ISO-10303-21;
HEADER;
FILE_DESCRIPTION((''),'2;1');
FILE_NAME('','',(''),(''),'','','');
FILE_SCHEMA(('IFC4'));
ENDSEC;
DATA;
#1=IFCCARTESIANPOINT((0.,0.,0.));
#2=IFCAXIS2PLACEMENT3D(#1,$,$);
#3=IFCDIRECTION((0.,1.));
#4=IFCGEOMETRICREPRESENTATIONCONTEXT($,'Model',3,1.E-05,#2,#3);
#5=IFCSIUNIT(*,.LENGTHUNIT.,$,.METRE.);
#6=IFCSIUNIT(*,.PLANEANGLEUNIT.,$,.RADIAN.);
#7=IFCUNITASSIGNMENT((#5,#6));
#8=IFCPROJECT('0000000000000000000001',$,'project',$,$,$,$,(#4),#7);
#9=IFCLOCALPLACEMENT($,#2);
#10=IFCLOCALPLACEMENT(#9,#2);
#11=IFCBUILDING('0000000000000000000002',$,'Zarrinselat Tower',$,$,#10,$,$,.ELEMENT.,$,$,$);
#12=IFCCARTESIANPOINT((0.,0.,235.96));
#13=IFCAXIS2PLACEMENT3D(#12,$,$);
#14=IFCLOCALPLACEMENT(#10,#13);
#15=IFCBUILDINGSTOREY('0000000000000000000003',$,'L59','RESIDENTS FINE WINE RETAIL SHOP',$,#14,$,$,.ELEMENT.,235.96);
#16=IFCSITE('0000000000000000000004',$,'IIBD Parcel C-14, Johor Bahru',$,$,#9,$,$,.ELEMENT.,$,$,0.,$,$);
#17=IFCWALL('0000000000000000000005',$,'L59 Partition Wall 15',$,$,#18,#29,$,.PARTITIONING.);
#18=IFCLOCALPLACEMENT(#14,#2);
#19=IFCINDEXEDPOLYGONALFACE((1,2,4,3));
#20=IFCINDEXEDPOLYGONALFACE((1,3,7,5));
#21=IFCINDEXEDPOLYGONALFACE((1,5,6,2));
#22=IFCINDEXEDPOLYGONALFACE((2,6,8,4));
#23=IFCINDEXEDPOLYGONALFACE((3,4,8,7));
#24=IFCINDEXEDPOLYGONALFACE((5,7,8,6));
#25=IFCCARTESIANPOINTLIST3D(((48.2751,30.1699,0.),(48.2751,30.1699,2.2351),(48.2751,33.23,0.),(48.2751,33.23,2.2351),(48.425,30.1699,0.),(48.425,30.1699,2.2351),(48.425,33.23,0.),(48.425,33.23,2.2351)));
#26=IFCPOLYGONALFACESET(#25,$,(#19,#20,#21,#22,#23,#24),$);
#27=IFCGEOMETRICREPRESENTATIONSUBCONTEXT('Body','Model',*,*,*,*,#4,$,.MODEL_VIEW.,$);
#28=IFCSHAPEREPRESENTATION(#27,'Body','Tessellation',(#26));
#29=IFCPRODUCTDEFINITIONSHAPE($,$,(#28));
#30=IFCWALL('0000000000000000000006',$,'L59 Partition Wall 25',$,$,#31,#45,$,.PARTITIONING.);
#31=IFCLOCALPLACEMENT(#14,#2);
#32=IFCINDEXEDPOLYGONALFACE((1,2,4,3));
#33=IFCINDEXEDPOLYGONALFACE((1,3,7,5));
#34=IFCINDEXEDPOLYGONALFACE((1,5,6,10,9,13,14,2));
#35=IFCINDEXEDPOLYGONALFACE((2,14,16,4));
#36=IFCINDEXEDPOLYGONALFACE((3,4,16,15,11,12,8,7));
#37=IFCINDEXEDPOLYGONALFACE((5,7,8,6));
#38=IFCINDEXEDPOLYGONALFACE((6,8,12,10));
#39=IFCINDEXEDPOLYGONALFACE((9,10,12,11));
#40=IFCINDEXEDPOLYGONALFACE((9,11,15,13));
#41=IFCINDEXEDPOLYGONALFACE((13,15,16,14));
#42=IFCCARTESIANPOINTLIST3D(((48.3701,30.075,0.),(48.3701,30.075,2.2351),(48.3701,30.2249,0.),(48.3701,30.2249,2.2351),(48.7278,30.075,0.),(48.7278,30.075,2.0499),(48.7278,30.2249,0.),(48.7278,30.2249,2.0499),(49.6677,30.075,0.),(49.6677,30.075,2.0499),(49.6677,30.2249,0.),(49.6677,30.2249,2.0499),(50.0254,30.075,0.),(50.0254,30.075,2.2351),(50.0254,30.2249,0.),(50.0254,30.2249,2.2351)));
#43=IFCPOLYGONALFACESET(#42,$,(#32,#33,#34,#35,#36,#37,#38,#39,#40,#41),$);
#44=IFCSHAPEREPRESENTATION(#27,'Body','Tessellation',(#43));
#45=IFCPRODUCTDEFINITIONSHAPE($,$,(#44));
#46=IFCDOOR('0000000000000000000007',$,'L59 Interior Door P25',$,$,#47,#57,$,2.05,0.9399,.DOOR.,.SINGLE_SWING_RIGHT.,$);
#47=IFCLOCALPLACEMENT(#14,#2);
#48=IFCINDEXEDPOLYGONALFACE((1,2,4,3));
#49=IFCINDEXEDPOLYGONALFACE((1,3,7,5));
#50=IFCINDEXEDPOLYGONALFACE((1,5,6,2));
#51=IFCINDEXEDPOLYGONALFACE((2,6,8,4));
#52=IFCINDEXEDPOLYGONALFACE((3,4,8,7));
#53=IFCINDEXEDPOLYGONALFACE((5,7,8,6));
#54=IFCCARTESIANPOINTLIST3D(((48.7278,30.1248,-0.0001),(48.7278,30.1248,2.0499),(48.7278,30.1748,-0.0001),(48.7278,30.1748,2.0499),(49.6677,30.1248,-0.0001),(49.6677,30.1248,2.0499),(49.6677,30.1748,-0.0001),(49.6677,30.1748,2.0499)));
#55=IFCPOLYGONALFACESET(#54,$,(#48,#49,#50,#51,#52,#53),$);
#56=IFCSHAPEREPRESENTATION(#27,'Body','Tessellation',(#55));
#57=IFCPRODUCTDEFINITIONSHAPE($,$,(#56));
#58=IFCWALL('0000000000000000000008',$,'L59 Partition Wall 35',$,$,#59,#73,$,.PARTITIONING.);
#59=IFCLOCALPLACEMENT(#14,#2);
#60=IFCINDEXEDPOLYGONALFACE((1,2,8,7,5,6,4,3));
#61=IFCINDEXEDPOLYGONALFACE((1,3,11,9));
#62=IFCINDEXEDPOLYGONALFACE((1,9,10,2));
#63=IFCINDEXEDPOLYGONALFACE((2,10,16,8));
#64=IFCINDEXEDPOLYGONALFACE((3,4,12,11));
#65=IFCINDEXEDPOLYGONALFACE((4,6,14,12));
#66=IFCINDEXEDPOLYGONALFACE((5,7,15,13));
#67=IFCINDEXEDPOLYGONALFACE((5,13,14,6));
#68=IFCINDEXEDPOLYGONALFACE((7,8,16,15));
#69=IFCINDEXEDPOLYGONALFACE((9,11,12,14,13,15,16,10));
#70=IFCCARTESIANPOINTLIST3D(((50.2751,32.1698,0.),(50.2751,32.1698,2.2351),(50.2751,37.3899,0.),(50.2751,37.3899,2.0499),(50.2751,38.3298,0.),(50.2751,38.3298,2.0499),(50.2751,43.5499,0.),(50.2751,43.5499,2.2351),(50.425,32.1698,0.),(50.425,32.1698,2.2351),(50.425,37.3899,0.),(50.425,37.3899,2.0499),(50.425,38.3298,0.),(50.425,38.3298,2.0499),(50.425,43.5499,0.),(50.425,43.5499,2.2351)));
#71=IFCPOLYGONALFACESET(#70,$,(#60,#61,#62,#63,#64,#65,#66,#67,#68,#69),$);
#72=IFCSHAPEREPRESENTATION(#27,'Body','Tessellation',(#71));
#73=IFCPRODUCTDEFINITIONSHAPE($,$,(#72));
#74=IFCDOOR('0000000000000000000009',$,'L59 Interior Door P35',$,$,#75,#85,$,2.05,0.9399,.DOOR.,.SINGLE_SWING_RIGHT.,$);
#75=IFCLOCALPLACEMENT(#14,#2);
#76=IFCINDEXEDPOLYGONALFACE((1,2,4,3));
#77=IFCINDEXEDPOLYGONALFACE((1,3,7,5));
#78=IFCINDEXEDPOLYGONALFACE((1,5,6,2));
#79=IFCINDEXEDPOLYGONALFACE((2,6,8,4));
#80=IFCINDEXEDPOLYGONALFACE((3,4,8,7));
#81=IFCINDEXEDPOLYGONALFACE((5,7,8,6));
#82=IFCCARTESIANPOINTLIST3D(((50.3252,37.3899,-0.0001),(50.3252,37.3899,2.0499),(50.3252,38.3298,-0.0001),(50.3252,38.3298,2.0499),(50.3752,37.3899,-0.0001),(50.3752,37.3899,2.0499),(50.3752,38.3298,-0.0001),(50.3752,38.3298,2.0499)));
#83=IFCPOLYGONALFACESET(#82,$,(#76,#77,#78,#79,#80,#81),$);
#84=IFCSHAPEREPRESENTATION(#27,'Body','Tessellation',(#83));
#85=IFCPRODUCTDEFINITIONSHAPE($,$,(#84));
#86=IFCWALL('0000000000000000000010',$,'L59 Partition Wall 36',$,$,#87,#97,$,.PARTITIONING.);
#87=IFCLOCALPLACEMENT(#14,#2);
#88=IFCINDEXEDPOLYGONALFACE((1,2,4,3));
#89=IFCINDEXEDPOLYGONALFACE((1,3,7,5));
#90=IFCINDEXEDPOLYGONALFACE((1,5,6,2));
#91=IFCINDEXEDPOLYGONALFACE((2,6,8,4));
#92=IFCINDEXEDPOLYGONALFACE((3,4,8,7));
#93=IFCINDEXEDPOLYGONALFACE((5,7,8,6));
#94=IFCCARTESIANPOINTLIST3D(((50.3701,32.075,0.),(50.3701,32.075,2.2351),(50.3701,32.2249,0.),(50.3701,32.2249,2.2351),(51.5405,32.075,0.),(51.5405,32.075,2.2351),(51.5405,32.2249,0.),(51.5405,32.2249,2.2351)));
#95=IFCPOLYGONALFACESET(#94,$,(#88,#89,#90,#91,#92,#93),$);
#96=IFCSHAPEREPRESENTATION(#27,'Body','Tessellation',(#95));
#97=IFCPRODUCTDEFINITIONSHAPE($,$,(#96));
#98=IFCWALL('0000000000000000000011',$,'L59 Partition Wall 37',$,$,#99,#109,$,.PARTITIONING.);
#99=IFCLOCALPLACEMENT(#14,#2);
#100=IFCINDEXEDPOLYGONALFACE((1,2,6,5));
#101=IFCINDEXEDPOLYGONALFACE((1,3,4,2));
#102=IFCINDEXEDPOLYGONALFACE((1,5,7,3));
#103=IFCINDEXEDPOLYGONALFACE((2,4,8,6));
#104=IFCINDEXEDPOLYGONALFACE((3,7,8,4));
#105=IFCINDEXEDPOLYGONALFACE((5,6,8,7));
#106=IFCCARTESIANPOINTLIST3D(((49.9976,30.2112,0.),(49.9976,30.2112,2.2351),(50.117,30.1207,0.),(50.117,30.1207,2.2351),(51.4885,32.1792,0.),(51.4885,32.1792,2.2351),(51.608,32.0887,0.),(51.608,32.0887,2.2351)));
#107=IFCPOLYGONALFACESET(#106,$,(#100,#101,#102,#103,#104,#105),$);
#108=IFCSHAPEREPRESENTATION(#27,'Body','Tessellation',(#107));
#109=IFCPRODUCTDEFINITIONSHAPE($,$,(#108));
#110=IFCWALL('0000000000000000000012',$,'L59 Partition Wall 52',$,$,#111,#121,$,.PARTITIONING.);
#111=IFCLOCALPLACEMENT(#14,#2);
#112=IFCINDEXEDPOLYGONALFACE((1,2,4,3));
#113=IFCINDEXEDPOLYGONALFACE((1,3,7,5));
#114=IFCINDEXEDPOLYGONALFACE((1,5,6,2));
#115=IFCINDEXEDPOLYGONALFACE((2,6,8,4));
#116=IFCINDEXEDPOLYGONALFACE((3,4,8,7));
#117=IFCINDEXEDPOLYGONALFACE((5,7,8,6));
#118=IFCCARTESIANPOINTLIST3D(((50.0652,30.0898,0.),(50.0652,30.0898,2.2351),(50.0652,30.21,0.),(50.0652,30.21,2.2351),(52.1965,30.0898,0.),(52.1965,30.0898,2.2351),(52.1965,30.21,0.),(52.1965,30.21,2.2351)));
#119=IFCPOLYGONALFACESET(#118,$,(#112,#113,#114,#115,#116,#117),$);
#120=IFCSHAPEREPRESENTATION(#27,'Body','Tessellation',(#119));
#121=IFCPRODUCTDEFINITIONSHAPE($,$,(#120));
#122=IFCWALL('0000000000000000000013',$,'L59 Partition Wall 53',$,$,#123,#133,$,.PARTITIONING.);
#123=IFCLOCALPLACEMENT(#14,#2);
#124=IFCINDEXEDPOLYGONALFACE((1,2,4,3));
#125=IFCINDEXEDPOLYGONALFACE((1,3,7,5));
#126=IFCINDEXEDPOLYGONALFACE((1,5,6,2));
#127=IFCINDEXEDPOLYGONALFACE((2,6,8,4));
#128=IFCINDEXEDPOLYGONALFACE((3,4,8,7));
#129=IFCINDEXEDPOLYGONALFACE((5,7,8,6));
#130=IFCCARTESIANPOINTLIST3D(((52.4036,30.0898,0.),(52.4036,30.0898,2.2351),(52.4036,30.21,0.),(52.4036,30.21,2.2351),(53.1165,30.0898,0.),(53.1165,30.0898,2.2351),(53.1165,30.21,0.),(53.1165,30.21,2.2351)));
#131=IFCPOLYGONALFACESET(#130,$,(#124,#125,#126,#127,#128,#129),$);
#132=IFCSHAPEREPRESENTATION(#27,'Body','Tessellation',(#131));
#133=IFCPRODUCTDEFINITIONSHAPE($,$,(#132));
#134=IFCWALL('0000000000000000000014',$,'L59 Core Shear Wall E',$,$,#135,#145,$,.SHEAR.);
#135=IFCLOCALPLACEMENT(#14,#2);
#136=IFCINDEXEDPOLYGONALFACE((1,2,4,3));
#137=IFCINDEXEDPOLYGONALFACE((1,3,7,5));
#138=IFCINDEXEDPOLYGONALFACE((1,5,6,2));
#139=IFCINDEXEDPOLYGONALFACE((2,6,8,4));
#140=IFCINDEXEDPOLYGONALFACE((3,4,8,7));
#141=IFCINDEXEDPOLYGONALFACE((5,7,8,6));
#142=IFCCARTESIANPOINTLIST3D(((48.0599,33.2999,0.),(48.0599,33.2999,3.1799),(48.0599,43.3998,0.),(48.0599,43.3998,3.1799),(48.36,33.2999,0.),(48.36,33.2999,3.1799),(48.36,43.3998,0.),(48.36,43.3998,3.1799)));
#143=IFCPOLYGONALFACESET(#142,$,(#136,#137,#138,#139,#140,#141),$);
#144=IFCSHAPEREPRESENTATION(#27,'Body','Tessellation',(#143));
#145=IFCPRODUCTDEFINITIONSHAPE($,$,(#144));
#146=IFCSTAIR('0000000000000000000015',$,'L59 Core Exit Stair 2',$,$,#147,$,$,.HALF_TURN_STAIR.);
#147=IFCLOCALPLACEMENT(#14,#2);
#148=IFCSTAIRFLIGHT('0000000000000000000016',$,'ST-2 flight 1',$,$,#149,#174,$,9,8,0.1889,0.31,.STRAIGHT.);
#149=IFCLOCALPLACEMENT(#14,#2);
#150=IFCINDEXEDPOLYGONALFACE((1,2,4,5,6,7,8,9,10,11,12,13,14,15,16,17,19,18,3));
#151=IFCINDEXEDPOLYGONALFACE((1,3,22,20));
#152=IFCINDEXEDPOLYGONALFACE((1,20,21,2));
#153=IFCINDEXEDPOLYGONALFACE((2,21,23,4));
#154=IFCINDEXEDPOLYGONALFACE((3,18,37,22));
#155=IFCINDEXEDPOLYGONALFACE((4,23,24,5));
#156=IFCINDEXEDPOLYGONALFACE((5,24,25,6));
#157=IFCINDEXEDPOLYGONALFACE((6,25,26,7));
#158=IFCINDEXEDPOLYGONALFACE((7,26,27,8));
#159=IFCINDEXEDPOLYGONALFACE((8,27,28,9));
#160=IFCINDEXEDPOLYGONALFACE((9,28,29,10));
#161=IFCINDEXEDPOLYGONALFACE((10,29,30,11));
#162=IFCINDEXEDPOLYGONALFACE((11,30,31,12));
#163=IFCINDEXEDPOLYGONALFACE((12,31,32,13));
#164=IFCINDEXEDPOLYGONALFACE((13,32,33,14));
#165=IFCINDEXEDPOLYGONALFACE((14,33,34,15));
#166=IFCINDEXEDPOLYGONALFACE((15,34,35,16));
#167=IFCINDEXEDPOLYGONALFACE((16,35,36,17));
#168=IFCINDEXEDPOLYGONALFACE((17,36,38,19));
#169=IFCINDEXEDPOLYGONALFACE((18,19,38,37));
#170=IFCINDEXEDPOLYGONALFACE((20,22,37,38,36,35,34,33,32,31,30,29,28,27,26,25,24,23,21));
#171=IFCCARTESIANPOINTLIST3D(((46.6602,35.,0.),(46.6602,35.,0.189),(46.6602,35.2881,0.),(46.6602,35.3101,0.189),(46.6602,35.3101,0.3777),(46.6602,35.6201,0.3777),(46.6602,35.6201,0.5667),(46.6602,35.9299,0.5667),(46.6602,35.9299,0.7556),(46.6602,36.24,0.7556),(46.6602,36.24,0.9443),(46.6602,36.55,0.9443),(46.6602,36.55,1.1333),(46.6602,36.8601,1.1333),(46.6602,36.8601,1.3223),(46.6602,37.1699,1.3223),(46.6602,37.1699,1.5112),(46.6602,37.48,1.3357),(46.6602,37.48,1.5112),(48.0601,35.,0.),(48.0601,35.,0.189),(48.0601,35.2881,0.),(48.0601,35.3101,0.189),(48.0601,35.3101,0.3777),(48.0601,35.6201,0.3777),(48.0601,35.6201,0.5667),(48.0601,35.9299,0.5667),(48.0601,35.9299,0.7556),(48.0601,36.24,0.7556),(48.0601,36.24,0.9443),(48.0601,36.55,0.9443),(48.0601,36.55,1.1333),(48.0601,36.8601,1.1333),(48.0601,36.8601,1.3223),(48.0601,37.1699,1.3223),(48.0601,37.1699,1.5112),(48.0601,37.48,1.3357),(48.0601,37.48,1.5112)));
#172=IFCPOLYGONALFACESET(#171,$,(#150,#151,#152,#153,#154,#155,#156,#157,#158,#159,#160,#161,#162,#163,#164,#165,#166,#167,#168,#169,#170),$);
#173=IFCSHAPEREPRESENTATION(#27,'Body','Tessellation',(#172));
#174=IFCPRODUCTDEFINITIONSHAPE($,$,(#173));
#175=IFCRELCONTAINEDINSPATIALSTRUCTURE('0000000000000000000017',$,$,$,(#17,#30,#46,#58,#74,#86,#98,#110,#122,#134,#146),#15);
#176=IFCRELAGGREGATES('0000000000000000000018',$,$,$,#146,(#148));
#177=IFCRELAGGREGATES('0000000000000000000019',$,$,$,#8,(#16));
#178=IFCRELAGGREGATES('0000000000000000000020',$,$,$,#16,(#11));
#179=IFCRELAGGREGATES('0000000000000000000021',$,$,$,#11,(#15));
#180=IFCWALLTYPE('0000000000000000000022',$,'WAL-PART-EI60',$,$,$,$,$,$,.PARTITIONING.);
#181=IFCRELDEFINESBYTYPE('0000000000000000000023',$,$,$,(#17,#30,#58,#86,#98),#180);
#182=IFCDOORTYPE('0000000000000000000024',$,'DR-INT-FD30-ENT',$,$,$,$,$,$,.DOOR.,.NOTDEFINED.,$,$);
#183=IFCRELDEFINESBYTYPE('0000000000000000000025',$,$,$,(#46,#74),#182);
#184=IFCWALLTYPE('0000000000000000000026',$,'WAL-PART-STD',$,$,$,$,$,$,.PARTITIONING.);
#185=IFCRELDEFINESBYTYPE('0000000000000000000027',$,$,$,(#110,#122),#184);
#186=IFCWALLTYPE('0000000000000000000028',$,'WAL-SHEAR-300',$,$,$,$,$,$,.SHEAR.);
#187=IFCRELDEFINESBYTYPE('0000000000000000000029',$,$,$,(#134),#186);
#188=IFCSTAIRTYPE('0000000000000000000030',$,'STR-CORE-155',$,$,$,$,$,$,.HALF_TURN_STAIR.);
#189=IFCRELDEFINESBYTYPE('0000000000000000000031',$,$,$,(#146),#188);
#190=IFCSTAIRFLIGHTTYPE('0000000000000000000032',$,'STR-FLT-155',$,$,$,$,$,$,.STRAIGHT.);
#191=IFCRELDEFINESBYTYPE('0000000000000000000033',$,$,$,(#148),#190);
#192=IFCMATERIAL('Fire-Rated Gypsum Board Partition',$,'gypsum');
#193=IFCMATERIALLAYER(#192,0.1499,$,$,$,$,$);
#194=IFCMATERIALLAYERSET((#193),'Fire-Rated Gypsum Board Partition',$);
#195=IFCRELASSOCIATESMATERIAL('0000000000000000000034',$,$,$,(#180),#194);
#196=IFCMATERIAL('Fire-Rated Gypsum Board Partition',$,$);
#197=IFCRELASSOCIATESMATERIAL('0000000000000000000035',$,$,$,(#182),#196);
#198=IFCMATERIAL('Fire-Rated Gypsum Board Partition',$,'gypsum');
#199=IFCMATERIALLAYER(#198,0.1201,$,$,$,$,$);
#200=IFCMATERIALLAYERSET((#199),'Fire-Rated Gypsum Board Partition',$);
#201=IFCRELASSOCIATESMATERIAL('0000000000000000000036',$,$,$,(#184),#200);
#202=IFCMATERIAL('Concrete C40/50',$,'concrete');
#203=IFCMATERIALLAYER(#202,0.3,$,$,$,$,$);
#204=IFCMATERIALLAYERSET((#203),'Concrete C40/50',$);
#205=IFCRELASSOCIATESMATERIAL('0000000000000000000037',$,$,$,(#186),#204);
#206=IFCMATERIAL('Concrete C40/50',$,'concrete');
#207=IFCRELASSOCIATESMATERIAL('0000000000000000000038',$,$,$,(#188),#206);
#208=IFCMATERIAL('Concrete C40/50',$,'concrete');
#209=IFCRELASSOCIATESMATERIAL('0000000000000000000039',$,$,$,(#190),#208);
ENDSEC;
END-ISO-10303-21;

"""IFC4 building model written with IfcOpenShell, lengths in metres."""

from ifc_helpers import new_model, si_unit, direction, frame, frame_2d, origin, place, context, subcontext, project, spatial, polyline, rectangle, outline, extrude, material, layer, layer_set, type_object, element, fill, aggregate, save


model = new_model("IFC4")

# Units and contexts
model_context = context("Model", 3, precision=1e-05, world=origin(), true_north=direction((0.0, 1.0)))
body_context = subcontext(model_context, "Body", "Model", "MODEL_VIEW")
ifc_project = project(units=[si_unit("LENGTHUNIT", "METRE"), si_unit("PLANEANGLEUNIT", "RADIAN")], contexts=[model_context])

# Site, building, storey
site_placement = place(None, origin())
site = spatial("IfcSite", under=ifc_project, at=site_placement, Name="IIBD Parcel C-14, Johor Bahru", CompositionType="ELEMENT", RefElevation=0.0)
building_placement = place(site_placement, origin())
building = spatial("IfcBuilding", under=site, at=building_placement, Name="Zarrinselat Tower", CompositionType="ELEMENT")
storey_placement = place(building_placement, frame((0.0, 0.0, 235.96)))
storey = spatial("IfcBuildingStorey", under=building, at=storey_placement, Name="L59", Description="RESIDENTS FINE WINE RETAIL SHOP", CompositionType="ELEMENT", Elevation=235.96)

# Wall
ifc_material_1 = material(Name="Fire-Rated Gypsum Board Partition", Category="gypsum")
ifc_layer_1 = layer(ifc_material_1, 0.1499)
ifc_layer_set_1 = layer_set([ifc_layer_1], Name="Fire-Rated Gypsum Board Partition")
wall_type_1 = type_object("IfcWallType", Name="WAL-PART-EI60", PredefinedType="PARTITIONING", material=ifc_layer_set_1)
wall_1_placement = place(storey_placement, frame((48.3501, 30.1699, 0.0), z_axis=(0.0, 0.0, 1.0), x_axis=(0.0, 1.0, 0.0)))
element("IfcWall", 1, at=wall_1_placement, inside=storey, type_object=wall_type_1, Name="L59 Partition Wall 15", PredefinedType="PARTITIONING", context=body_context, shape_type="SweptSolid", body=[
    extrude(rectangle(XDim=3.0601, YDim=0.1499, at=frame_2d((1.53, 0.0))), origin(), (0.0, 0.0, 1.0), 2.2351),
])

# Walls, openings, doors
wall_2_placement = place(storey_placement, frame((48.3701, 30.1499, 0.0), z_axis=(0.0, 0.0, 1.0), x_axis=(1.0, 0.0, 0.0)))
wall_2 = element("IfcWall", 2, at=wall_2_placement, inside=storey, type_object=wall_type_1, Name="L59 Partition Wall 25", PredefinedType="PARTITIONING", context=body_context, shape_type="SweptSolid", body=[
    extrude(rectangle(XDim=1.6553, YDim=0.1499, at=frame_2d((0.8276, 0.0))), origin(), (0.0, 0.0, 1.0), 2.2351),
])
opening_1_placement = place(wall_2_placement, frame((0.3577, 0.0, 0.0)))
opening_1 = element("IfcOpeningElement", 3, at=opening_1_placement, cuts=wall_2, PredefinedType="OPENING", context=body_context, shape_type="SweptSolid", body=[
    extrude(rectangle(XDim=0.9399, YDim=2.05, at=frame_2d((0.47, 1.0249))), frame((0.0, 0.085, 0.0), z_axis=(0.0, -1.0, 0.0), x_axis=(1.0, 0.0, 0.0)), (0.0, 0.0, 1.0), 0.1699),
])
ifc_material_2 = material(Name="Fire-Rated Gypsum Board Partition")
door_type = type_object("IfcDoorType", Name="DR-INT-FD30-ENT", OperationType="NOTDEFINED", PredefinedType="DOOR", material=ifc_material_2)
door_1_placement = place(opening_1_placement, origin())
door_1 = element("IfcDoor", 4, at=door_1_placement, inside=storey, type_object=door_type, Name="L59 Interior Door P25", OperationType="SINGLE_SWING_RIGHT", OverallHeight=2.05, OverallWidth=0.9399, PredefinedType="DOOR", context=body_context, shape_type="SweptSolid", body=[
    extrude(rectangle(XDim=0.9399, YDim=2.05, at=frame_2d((0.47, 1.0249))), frame((0.0, 0.0249, 0.0), z_axis=(0.0, -1.0, 0.0), x_axis=(1.0, 0.0, 0.0)), (0.0, 0.0, 1.0), 0.05),
])
fill(opening_1, door_1)
wall_3_placement = place(storey_placement, frame((50.3501, 32.1699, 0.0), z_axis=(0.0, 0.0, 1.0), x_axis=(0.0, 1.0, 0.0)))
wall_3 = element("IfcWall", 5, at=wall_3_placement, inside=storey, type_object=wall_type_1, Name="L59 Partition Wall 35", PredefinedType="PARTITIONING", context=body_context, shape_type="SweptSolid", body=[
    extrude(rectangle(XDim=11.3801, YDim=0.1499, at=frame_2d((5.6899, 0.0))), origin(), (0.0, 0.0, 1.0), 2.2351),
])
opening_2_placement = place(wall_3_placement, frame((5.22, 0.0, 0.0)))
opening_2 = element("IfcOpeningElement", 6, at=opening_2_placement, cuts=wall_3, PredefinedType="OPENING", context=body_context, shape_type="SweptSolid", body=[
    extrude(rectangle(XDim=0.9399, YDim=2.05, at=frame_2d((0.47, 1.0249))), frame((0.0, 0.085, 0.0), z_axis=(0.0, -1.0, 0.0), x_axis=(1.0, 0.0, 0.0)), (0.0, 0.0, 1.0), 0.1699),
])
door_2_placement = place(opening_2_placement, origin())
door_2 = element("IfcDoor", 7, at=door_2_placement, inside=storey, type_object=door_type, Name="L59 Interior Door P35", OperationType="SINGLE_SWING_RIGHT", OverallHeight=2.05, OverallWidth=0.9399, PredefinedType="DOOR", context=body_context, shape_type="SweptSolid", body=[
    extrude(rectangle(XDim=0.9399, YDim=2.05, at=frame_2d((0.47, 1.0249))), frame((0.0, 0.0249, 0.0), z_axis=(0.0, -1.0, 0.0), x_axis=(1.0, 0.0, 0.0)), (0.0, 0.0, 1.0), 0.05),
])
fill(opening_2, door_2)

# Walls
wall_4_placement = place(storey_placement, frame((50.3701, 32.1499, 0.0), z_axis=(0.0, 0.0, 1.0), x_axis=(1.0, 0.0, 0.0)))
element("IfcWall", 8, at=wall_4_placement, inside=storey, type_object=wall_type_1, Name="L59 Partition Wall 36", PredefinedType="PARTITIONING", context=body_context, shape_type="SweptSolid", body=[
    extrude(rectangle(XDim=1.1704, YDim=0.1499, at=frame_2d((0.5852, 0.0))), origin(), (0.0, 0.0, 1.0), 2.2351),
])
wall_5_placement = place(storey_placement, frame((50.0574, 30.166, 0.0), z_axis=(0.0, 0.0, 1.0), x_axis=(0.603869, 0.797083, 0.0)))
element("IfcWall", 9, at=wall_5_placement, inside=storey, type_object=wall_type_1, Name="L59 Partition Wall 37", PredefinedType="PARTITIONING", context=body_context, shape_type="SweptSolid", body=[
    extrude(rectangle(XDim=2.469, YDim=0.1499, at=frame_2d((1.2344, 0.0))), origin(), (0.0, 0.0, 1.0), 2.2351),
])
ifc_material_3 = material(Name="Fire-Rated Gypsum Board Partition", Category="gypsum")
ifc_layer_2 = layer(ifc_material_3, 0.1201)
ifc_layer_set_2 = layer_set([ifc_layer_2], Name="Fire-Rated Gypsum Board Partition")
wall_type_2 = type_object("IfcWallType", Name="WAL-PART-STD", PredefinedType="PARTITIONING", material=ifc_layer_set_2)
wall_6_placement = place(storey_placement, frame((50.0652, 30.1499, 0.0), z_axis=(0.0, 0.0, 1.0), x_axis=(1.0, 0.0, 0.0)))
element("IfcWall", 10, at=wall_6_placement, inside=storey, type_object=wall_type_2, Name="L59 Partition Wall 52", PredefinedType="PARTITIONING", context=body_context, shape_type="SweptSolid", body=[
    extrude(rectangle(XDim=2.1313, YDim=0.1201, at=frame_2d((1.0657, 0.0))), origin(), (0.0, 0.0, 1.0), 2.2351),
])
wall_7_placement = place(storey_placement, frame((52.4036, 30.1499, 0.0), z_axis=(0.0, 0.0, 1.0), x_axis=(1.0, 0.0, 0.0)))
element("IfcWall", 11, at=wall_7_placement, inside=storey, type_object=wall_type_2, Name="L59 Partition Wall 53", PredefinedType="PARTITIONING", context=body_context, shape_type="SweptSolid", body=[
    extrude(rectangle(XDim=0.7129, YDim=0.1201, at=frame_2d((0.3564, 0.0))), origin(), (0.0, 0.0, 1.0), 2.2351),
])
ifc_material_4 = material(Name="Concrete C40/50", Category="concrete")
ifc_layer_3 = layer(ifc_material_4, 0.3)
ifc_layer_set_3 = layer_set([ifc_layer_3], Name="Concrete C40/50")
wall_type_3 = type_object("IfcWallType", Name="WAL-SHEAR-300", PredefinedType="SHEAR", material=ifc_layer_set_3)
wall_8_placement = place(storey_placement, frame((48.21, 33.3, 0.0), z_axis=(0.0, 0.0, 1.0), x_axis=(0.0, 1.0, 0.0)))
element("IfcWall", 12, at=wall_8_placement, inside=storey, type_object=wall_type_3, Name="L59 Core Shear Wall E", PredefinedType="SHEAR", context=body_context, shape_type="SweptSolid", body=[
    extrude(rectangle(XDim=10.0999, YDim=0.3, at=frame_2d((5.0498, 0.0))), origin(), (0.0, 0.0, 1.0), 3.1799),
])

# Stair, stair flight
ifc_material_5 = material(Name="Concrete C40/50", Category="concrete")
stair_type = type_object("IfcStairType", Name="STR-CORE-155", PredefinedType="HALF_TURN_STAIR", material=ifc_material_5)
stair_placement = place(storey_placement, origin())
stair = element("IfcStair", 13, at=stair_placement, inside=storey, type_object=stair_type, Name="L59 Core Exit Stair 2", PredefinedType="HALF_TURN_STAIR")
ifc_material_6 = material(Name="Concrete C40/50", Category="concrete")
stair_flight_type = type_object("IfcStairFlightType", Name="STR-FLT-155", PredefinedType="STRAIGHT", material=ifc_material_6)
stair_flight_placement = place(storey_placement, frame((47.3601, 35.0, 0.0), z_axis=(0.0, 0.0, 1.0), x_axis=(0.0, 1.0, 0.0)))
stair_flight = element("IfcStairFlight", 14, at=stair_flight_placement, type_object=stair_flight_type, Name="ST-2 flight 1", NumberOfRisers=9, NumberOfTreads=8, PredefinedType="STRAIGHT", RiserHeight=0.1889, TreadLength=0.31, context=body_context, shape_type="SweptSolid", body=[
    extrude(outline(polyline([(0.0, 0.0), (0.0, 0.189), (0.3101, 0.189), (0.3101, 0.3777), (0.6201, 0.3777), (0.6201, 0.5667), (0.9299, 0.5667), (0.9299, 0.7556), (1.24, 0.7556), (1.24, 0.9443), (1.55, 0.9443), (1.55, 1.1333), (1.8601, 1.1333), (1.8601, 1.3223), (2.1699, 1.3223), (2.1699, 1.5112), (2.48, 1.5112), (2.48, 1.7), (2.48, 1.3357), (0.2881, 0.0), (0.0, 0.0)])), frame((0.0, 0.7, 0.0), z_axis=(0.0, -1.0, 0.0), x_axis=(1.0, 0.0, 0.0)), (0.0, 0.0, 1.0), 1.3999),
])
aggregate(stair, [stair_flight])

save(model, "model.ifc")
